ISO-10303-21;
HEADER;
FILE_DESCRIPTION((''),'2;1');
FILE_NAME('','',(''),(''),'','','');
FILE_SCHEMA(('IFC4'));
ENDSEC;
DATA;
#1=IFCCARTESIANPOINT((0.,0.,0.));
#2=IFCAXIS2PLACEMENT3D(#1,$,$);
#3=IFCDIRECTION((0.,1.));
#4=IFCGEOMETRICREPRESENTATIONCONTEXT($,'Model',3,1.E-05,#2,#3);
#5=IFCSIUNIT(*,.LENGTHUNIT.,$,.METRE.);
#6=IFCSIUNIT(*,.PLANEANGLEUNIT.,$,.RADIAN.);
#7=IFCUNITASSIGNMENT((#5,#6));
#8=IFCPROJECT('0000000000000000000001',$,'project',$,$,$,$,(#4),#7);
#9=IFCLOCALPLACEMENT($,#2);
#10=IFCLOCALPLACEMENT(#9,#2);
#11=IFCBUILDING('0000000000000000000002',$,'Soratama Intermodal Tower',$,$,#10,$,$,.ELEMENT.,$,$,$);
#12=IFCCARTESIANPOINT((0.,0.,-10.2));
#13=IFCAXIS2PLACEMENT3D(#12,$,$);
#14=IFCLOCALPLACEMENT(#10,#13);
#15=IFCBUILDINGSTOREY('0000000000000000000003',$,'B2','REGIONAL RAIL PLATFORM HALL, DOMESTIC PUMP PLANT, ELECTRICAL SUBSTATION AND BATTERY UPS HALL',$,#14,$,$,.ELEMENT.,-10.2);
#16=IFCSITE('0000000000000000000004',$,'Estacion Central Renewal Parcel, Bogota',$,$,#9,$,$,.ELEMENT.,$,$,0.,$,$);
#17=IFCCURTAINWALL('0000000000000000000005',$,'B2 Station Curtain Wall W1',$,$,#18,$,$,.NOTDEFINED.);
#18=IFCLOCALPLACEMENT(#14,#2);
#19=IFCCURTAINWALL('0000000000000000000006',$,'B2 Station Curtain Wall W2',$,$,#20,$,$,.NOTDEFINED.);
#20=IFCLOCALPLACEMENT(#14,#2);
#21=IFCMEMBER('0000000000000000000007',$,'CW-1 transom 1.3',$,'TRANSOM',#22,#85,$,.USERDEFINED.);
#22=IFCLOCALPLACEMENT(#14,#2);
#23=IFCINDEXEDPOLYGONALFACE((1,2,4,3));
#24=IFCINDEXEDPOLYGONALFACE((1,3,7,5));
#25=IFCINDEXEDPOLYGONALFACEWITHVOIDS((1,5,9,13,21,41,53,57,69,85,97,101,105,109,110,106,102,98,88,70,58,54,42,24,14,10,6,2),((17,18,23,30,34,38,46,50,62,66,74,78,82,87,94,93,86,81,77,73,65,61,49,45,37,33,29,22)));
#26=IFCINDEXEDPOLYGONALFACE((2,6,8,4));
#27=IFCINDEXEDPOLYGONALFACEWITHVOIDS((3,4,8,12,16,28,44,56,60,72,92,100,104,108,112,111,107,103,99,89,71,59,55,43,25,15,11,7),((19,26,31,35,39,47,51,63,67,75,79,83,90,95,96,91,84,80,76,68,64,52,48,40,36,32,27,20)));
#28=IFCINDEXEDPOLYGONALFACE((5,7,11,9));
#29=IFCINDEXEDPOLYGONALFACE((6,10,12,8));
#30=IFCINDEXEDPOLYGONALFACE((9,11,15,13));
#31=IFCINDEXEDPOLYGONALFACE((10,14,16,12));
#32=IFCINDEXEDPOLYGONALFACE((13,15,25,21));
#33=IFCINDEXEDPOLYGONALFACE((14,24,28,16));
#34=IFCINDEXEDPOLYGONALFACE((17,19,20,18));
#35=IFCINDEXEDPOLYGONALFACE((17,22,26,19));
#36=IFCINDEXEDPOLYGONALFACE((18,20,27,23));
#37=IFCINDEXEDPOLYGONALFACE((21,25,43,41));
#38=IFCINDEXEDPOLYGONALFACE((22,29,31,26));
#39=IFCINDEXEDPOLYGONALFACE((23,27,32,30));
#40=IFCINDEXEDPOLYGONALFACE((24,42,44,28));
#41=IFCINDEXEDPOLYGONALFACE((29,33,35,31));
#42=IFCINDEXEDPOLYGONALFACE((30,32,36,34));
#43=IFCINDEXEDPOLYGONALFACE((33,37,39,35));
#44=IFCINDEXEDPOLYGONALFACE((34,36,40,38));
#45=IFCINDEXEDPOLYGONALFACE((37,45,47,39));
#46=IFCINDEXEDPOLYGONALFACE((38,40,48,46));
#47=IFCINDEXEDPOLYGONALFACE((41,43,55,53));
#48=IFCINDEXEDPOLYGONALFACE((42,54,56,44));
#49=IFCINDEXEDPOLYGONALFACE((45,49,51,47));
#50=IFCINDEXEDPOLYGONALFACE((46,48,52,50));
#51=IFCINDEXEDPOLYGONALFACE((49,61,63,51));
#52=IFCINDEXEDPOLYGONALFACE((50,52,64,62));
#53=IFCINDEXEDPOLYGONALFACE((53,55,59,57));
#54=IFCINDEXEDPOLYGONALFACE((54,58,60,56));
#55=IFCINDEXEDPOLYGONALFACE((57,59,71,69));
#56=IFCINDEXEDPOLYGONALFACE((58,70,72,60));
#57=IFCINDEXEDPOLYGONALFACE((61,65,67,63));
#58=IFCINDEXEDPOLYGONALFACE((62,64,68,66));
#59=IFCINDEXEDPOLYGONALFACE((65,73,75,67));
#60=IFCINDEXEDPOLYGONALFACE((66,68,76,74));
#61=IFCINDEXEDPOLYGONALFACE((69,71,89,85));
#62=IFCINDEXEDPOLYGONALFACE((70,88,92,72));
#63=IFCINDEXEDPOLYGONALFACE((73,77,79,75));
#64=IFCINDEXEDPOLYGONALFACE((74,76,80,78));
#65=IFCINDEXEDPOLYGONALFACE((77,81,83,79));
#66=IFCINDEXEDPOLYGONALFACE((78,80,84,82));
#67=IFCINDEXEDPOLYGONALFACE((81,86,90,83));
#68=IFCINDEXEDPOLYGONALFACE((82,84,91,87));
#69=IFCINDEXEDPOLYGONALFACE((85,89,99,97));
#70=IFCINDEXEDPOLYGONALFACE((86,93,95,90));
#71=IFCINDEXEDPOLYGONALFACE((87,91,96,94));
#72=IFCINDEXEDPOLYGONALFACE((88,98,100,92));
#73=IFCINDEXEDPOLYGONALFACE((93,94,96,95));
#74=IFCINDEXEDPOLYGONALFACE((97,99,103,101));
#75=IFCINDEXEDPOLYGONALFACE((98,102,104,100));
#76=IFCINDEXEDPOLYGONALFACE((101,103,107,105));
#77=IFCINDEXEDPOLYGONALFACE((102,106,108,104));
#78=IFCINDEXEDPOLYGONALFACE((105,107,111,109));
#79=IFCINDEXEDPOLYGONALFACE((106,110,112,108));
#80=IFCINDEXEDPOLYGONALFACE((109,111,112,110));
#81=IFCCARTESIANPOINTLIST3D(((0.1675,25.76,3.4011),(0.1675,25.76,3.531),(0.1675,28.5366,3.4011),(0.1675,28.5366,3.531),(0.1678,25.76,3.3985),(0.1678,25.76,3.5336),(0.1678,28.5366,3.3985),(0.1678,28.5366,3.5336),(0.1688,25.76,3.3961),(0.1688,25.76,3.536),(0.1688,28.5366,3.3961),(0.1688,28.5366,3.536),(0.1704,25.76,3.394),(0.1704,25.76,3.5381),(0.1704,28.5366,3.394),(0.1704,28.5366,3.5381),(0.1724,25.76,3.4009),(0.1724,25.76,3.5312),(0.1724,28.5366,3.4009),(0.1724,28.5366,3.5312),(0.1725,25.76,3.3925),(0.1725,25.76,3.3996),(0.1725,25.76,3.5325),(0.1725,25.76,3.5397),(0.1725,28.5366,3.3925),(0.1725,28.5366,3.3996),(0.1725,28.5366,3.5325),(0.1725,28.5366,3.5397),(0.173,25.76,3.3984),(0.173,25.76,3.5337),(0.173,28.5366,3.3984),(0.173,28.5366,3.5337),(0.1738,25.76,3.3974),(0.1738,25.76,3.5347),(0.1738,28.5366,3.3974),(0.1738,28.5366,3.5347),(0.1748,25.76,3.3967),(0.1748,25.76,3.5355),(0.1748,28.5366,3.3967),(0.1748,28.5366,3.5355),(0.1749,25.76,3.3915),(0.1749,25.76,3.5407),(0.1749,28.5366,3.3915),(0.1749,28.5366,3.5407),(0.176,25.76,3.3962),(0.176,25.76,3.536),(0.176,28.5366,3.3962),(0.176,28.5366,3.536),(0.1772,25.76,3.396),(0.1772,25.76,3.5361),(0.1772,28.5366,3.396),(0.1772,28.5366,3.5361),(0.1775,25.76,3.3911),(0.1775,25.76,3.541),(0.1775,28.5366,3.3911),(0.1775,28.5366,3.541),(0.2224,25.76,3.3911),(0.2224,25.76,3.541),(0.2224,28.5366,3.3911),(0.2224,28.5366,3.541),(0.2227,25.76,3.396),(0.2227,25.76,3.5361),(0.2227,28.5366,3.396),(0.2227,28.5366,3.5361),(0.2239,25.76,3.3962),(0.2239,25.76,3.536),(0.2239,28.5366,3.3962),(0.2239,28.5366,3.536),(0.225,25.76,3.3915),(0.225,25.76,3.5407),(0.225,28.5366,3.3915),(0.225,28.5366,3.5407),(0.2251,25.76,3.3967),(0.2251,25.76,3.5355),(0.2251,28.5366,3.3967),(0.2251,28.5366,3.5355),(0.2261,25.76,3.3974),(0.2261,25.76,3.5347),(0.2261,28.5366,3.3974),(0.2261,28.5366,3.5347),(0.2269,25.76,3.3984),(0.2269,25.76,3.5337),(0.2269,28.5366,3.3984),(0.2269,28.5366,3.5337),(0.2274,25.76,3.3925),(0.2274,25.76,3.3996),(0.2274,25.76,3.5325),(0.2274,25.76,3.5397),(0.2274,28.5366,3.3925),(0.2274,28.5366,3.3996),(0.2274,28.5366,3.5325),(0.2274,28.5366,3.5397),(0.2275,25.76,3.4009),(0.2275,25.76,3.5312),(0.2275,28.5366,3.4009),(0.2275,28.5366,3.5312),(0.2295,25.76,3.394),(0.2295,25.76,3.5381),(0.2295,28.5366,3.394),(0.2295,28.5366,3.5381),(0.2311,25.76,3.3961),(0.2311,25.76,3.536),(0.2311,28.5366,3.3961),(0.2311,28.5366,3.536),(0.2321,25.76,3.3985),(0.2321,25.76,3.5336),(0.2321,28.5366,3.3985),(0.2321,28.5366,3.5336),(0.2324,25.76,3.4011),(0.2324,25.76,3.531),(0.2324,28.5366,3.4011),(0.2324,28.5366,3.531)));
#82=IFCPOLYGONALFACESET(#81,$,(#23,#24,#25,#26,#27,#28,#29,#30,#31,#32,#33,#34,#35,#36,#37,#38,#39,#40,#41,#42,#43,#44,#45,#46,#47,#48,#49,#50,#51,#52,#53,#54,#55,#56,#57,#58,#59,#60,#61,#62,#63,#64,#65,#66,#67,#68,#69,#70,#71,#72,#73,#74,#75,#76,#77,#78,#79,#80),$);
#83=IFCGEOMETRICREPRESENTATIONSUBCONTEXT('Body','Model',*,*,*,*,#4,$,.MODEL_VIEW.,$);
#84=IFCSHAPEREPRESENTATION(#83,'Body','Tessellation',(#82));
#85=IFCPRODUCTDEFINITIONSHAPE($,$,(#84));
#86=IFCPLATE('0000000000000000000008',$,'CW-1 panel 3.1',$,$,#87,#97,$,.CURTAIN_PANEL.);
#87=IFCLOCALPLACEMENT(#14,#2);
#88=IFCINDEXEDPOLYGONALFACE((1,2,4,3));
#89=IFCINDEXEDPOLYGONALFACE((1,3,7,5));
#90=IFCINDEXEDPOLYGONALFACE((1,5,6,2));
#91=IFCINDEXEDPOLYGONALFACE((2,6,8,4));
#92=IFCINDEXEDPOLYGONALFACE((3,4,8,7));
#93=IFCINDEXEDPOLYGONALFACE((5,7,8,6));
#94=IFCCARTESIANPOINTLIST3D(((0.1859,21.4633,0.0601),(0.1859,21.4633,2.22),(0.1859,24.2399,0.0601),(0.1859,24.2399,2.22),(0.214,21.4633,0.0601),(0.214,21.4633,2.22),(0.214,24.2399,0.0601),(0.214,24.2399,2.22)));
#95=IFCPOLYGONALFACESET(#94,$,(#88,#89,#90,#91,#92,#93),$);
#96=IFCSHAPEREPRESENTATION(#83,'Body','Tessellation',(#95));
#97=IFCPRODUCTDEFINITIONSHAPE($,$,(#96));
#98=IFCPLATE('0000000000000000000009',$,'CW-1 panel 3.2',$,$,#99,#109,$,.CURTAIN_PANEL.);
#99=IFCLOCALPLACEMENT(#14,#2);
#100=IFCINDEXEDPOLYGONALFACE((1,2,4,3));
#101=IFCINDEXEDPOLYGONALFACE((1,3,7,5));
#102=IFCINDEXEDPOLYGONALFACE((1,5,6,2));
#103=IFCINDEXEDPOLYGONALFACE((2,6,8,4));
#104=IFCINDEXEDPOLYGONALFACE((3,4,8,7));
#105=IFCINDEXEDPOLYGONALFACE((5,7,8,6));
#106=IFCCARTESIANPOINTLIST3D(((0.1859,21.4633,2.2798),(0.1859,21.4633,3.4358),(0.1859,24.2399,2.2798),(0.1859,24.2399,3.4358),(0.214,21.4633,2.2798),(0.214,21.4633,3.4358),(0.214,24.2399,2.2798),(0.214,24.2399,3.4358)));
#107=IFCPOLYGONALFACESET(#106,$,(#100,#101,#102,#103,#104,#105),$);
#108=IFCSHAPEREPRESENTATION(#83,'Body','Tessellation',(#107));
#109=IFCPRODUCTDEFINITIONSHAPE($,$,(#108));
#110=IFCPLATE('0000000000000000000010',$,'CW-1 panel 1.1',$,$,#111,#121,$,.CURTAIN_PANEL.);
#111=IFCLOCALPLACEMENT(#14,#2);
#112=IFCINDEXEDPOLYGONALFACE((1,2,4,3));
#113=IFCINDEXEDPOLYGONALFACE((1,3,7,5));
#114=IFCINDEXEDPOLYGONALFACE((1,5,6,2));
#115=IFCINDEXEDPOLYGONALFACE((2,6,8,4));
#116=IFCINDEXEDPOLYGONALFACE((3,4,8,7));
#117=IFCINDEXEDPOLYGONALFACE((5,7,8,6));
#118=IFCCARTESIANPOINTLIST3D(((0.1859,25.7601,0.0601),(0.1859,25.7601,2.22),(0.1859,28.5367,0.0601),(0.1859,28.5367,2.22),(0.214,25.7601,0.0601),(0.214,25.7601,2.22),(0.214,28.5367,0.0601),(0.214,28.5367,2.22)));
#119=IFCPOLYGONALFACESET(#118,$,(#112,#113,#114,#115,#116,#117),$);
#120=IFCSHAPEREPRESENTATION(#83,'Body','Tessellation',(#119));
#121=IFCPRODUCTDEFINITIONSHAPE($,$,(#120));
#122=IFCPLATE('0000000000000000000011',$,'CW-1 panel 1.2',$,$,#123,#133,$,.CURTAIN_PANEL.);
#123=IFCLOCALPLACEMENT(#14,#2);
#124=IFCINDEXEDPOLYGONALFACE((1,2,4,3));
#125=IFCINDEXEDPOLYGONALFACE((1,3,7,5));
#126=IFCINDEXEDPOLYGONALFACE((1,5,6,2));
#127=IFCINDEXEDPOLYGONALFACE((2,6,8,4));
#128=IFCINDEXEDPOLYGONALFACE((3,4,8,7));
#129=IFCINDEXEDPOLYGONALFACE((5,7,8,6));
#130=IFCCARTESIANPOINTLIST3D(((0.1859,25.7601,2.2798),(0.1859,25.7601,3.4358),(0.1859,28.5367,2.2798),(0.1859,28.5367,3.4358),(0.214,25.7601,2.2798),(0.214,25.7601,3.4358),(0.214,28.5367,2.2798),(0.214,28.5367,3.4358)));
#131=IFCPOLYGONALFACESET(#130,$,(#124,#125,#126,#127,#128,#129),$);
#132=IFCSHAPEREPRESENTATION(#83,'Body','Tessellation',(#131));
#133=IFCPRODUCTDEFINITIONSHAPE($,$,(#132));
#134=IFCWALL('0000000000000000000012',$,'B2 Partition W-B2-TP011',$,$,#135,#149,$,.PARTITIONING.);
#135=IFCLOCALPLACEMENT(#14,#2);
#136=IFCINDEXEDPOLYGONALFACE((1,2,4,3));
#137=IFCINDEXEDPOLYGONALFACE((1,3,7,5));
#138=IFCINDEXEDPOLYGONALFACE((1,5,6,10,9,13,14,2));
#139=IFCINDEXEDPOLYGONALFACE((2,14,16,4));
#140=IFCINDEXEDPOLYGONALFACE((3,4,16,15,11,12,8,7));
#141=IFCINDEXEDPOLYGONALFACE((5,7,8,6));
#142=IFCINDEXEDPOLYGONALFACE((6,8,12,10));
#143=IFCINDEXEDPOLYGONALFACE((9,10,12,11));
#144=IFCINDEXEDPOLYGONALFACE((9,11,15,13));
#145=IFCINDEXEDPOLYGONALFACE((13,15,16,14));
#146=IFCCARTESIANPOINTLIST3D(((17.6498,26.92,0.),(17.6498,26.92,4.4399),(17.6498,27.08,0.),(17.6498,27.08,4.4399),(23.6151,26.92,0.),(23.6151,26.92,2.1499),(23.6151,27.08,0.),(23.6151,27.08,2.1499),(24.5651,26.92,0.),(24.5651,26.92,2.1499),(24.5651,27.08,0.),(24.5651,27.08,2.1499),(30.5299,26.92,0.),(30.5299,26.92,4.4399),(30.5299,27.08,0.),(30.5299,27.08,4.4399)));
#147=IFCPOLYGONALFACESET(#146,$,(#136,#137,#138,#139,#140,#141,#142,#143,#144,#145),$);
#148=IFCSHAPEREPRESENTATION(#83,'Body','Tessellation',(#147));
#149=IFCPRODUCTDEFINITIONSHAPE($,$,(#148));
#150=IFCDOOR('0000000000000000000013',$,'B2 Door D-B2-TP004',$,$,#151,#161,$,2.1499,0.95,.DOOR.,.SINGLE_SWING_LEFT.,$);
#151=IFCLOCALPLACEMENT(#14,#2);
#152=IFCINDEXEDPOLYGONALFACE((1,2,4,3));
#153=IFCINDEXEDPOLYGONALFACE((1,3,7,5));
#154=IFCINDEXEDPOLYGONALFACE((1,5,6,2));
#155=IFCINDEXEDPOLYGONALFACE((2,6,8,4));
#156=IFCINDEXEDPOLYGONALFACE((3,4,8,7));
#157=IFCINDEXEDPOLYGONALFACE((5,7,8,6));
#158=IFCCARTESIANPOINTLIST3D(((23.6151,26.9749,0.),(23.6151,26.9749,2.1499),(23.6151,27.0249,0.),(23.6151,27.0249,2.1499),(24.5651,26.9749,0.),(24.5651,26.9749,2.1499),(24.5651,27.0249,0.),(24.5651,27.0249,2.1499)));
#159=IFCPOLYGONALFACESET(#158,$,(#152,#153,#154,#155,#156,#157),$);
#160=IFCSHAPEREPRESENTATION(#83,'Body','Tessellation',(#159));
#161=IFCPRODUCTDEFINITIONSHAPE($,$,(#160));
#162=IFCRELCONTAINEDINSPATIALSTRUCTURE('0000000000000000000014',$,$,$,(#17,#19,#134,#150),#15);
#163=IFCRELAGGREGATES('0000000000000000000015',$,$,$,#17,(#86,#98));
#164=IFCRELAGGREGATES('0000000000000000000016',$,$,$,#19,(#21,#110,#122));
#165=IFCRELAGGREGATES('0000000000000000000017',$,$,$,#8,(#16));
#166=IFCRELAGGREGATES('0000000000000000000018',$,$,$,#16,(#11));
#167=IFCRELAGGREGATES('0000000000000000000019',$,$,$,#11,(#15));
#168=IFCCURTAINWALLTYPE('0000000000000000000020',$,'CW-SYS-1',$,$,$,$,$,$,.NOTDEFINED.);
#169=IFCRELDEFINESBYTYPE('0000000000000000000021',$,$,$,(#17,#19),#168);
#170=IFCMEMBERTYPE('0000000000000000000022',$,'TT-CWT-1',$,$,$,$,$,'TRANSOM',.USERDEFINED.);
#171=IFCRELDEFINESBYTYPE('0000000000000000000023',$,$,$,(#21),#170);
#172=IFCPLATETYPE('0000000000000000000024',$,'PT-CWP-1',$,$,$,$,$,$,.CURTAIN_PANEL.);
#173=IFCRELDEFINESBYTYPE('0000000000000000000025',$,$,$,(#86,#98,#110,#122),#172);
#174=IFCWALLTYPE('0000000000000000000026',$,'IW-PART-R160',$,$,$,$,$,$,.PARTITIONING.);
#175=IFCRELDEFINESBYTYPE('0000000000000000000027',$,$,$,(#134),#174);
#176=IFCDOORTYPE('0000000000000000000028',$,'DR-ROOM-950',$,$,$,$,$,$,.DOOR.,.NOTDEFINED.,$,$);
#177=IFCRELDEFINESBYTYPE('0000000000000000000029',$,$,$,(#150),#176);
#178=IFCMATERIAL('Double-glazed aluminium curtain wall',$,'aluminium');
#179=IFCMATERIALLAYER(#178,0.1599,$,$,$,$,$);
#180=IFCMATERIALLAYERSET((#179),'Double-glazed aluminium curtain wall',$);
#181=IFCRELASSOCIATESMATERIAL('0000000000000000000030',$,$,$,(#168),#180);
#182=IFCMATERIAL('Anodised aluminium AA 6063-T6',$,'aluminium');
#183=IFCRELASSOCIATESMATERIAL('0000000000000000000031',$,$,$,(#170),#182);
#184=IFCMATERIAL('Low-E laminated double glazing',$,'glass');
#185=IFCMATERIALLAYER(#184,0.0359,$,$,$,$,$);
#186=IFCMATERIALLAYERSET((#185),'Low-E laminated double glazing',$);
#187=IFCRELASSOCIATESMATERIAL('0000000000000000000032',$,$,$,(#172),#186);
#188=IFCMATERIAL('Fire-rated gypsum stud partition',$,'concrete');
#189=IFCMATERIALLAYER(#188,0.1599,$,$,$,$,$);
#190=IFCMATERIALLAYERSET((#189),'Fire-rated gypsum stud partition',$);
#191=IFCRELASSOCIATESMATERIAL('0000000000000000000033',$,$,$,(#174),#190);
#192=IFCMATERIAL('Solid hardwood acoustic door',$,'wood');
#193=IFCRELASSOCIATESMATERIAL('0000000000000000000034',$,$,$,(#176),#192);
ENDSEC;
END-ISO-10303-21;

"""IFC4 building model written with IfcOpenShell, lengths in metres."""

from ifc_helpers import new_model, si_unit, direction, frame, frame_2d, origin, origin_2d, place, context, subcontext, project, spatial, rectangle, hollow_rectangle, extrude, material, layer, layer_set, material_profile, profile_set, type_object, element, fill, aggregate, save


model = new_model("IFC4")

# Units and contexts
model_context = context("Model", 3, precision=1e-05, world=origin(), true_north=direction((0.0, 1.0)))
body_context = subcontext(model_context, "Body", "Model", "MODEL_VIEW")
ifc_project = project(units=[si_unit("LENGTHUNIT", "METRE"), si_unit("PLANEANGLEUNIT", "RADIAN")], contexts=[model_context])

# Site, building, storey
site_placement = place(None, origin())
site = spatial("IfcSite", under=ifc_project, at=site_placement, Name="Estacion Central Renewal Parcel, Bogota", CompositionType="ELEMENT", RefElevation=0.0)
building_placement = place(site_placement, origin())
building = spatial("IfcBuilding", under=site, at=building_placement, Name="Soratama Intermodal Tower", CompositionType="ELEMENT")
storey_placement = place(building_placement, frame((0.0, 0.0, -10.2)))
storey = spatial("IfcBuildingStorey", under=building, at=storey_placement, Name="B2", Description="REGIONAL RAIL PLATFORM HALL, DOMESTIC PUMP PLANT, ELECTRICAL SUBSTATION AND BATTERY UPS HALL", CompositionType="ELEMENT", Elevation=-10.2)

# Curtain wall
ifc_material_1 = material(Name="Double-glazed aluminium curtain wall", Category="aluminium")
ifc_layer_1 = layer(ifc_material_1, 0.1599)
ifc_layer_set_1 = layer_set([ifc_layer_1], Name="Double-glazed aluminium curtain wall")
curtain_wall_type = type_object("IfcCurtainWallType", Name="CW-SYS-1", PredefinedType="NOTDEFINED", material=ifc_layer_set_1)
curtain_wall_1_placement = place(storey_placement, origin())
curtain_wall_1 = element("IfcCurtainWall", 1, at=curtain_wall_1_placement, inside=storey, type_object=curtain_wall_type, Name="B2 Station Curtain Wall W1", PredefinedType="NOTDEFINED")

# Curtain wall, member
curtain_wall_2_placement = place(storey_placement, origin())
curtain_wall_2 = element("IfcCurtainWall", 2, at=curtain_wall_2_placement, inside=storey, type_object=curtain_wall_type, Name="B2 Station Curtain Wall W2", PredefinedType="NOTDEFINED")
ifc_material_2 = material(Name="Anodised aluminium AA 6063-T6", Category="aluminium")
ifc_material_profile_1 = material_profile(ifc_material_2, hollow_rectangle(XDim=0.0649, YDim=0.1499, WallThickness=0.0049, InnerFilletRadius=0.0049, OuterFilletRadius=0.01, at=origin_2d()), Name="CWT150X65X5")
ifc_profile_set_1 = profile_set([ifc_material_profile_1], Name="Anodised aluminium AA 6063-T6")
member_type_1 = type_object("IfcMemberType", Name="TT-CWT-1", ElementType="TRANSOM", PredefinedType="USERDEFINED", material=ifc_profile_set_1)
member_1_placement = place(storey_placement, frame((0.2, 25.76, 3.4661), z_axis=(0.0, 1.0, 0.0), x_axis=(-1.0, 0.0, 0.0)))
member_1 = element("IfcMember", 3, at=member_1_placement, type_object=member_type_1, Name="CW-1 transom 1.3", ObjectType="TRANSOM", PredefinedType="USERDEFINED", context=body_context, shape_type="SweptSolid", body=[
    extrude(hollow_rectangle(XDim=0.0649, YDim=0.1499, WallThickness=0.0049, InnerFilletRadius=0.0049, OuterFilletRadius=0.01, at=origin_2d()), origin(), (0.0, 0.0, 1.0), 2.7766),
])

# Plates
ifc_material_3 = material(Name="Low-E laminated double glazing", Category="glass")
ifc_layer_2 = layer(ifc_material_3, 0.0359)
ifc_layer_set_2 = layer_set([ifc_layer_2], Name="Low-E laminated double glazing")
plate_type = type_object("IfcPlateType", Name="PT-CWP-1", PredefinedType="CURTAIN_PANEL", material=ifc_layer_set_2)
plate_1_placement = place(storey_placement, frame((0.2, 22.8516, 0.0601), z_axis=(0.0, 0.0, 1.0), x_axis=(0.0, 1.0, 0.0)))
plate_1 = element("IfcPlate", 4, at=plate_1_placement, type_object=plate_type, Name="CW-1 panel 3.1", PredefinedType="CURTAIN_PANEL", context=body_context, shape_type="SweptSolid", body=[
    extrude(rectangle(XDim=2.7766, YDim=0.0281, at=origin_2d()), origin(), (0.0, 0.0, 1.0), 2.1599),
])
plate_2_placement = place(storey_placement, frame((0.2, 22.8516, 2.2798), z_axis=(0.0, 0.0, 1.0), x_axis=(0.0, 1.0, 0.0)))
plate_2 = element("IfcPlate", 5, at=plate_2_placement, type_object=plate_type, Name="CW-1 panel 3.2", PredefinedType="CURTAIN_PANEL", context=body_context, shape_type="SweptSolid", body=[
    extrude(rectangle(XDim=2.7766, YDim=0.0281, at=origin_2d()), origin(), (0.0, 0.0, 1.0), 1.156),
])
aggregate(curtain_wall_1, [plate_1, plate_2])
plate_3_placement = place(storey_placement, frame((0.2, 27.1484, 0.0601), z_axis=(0.0, 0.0, 1.0), x_axis=(0.0, 1.0, 0.0)))
plate_3 = element("IfcPlate", 6, at=plate_3_placement, type_object=plate_type, Name="CW-1 panel 1.1", PredefinedType="CURTAIN_PANEL", context=body_context, shape_type="SweptSolid", body=[
    extrude(rectangle(XDim=2.7766, YDim=0.0281, at=origin_2d()), origin(), (0.0, 0.0, 1.0), 2.1599),
])
plate_4_placement = place(storey_placement, frame((0.2, 27.1484, 2.2798), z_axis=(0.0, 0.0, 1.0), x_axis=(0.0, 1.0, 0.0)))
plate_4 = element("IfcPlate", 7, at=plate_4_placement, type_object=plate_type, Name="CW-1 panel 1.2", PredefinedType="CURTAIN_PANEL", context=body_context, shape_type="SweptSolid", body=[
    extrude(rectangle(XDim=2.7766, YDim=0.0281, at=origin_2d()), origin(), (0.0, 0.0, 1.0), 1.156),
])
aggregate(curtain_wall_2, [member_1, plate_3, plate_4])

# Wall, opening, door
ifc_material_4 = material(Name="Fire-rated gypsum stud partition", Category="concrete")
ifc_layer_3 = layer(ifc_material_4, 0.1599)
ifc_layer_set_3 = layer_set([ifc_layer_3], Name="Fire-rated gypsum stud partition")
wall_type_1 = type_object("IfcWallType", Name="IW-PART-R160", PredefinedType="PARTITIONING", material=ifc_layer_set_3)
wall_1_placement = place(storey_placement, frame((17.6499, 27.0, 0.0), z_axis=(0.0, 0.0, 1.0), x_axis=(1.0, 0.0, 0.0)))
wall_1 = element("IfcWall", 8, at=wall_1_placement, inside=storey, type_object=wall_type_1, Name="B2 Partition W-B2-TP011", PredefinedType="PARTITIONING", context=body_context, shape_type="SweptSolid", body=[
    extrude(rectangle(XDim=12.8801, YDim=0.1599, at=frame_2d((6.4399, 0.0))), origin(), (0.0, 0.0, 1.0), 4.4399),
])
opening_1_placement = place(wall_1_placement, frame((5.9651, 0.0, 0.0)))
opening_1 = element("IfcOpeningElement", 9, at=opening_1_placement, cuts=wall_1, PredefinedType="OPENING", context=body_context, shape_type="SweptSolid", body=[
    extrude(rectangle(XDim=0.95, YDim=2.1499, at=frame_2d((0.4751, 1.075))), frame((0.0, 0.0898, 0.0), z_axis=(0.0, -1.0, 0.0), x_axis=(1.0, 0.0, 0.0)), (0.0, 0.0, 1.0), 0.1799),
])
ifc_material_5 = material(Name="Solid hardwood acoustic door", Category="wood")
door_type_1 = type_object("IfcDoorType", Name="DR-ROOM-950", OperationType="NOTDEFINED", PredefinedType="DOOR", material=ifc_material_5)
door_1_placement = place(opening_1_placement, origin())
door_1 = element("IfcDoor", 10, at=door_1_placement, inside=storey, type_object=door_type_1, Name="B2 Door D-B2-TP004", OperationType="SINGLE_SWING_LEFT", OverallHeight=2.1499, OverallWidth=0.95, PredefinedType="DOOR", context=body_context, shape_type="SweptSolid", body=[
    extrude(rectangle(XDim=0.95, YDim=2.1499, at=frame_2d((0.4751, 1.075))), frame((0.0, 0.0249, 0.0), z_axis=(0.0, -1.0, 0.0), x_axis=(1.0, 0.0, 0.0)), (0.0, 0.0, 1.0), 0.05),
])
fill(opening_1, door_1)

save(model, "model.ifc")
